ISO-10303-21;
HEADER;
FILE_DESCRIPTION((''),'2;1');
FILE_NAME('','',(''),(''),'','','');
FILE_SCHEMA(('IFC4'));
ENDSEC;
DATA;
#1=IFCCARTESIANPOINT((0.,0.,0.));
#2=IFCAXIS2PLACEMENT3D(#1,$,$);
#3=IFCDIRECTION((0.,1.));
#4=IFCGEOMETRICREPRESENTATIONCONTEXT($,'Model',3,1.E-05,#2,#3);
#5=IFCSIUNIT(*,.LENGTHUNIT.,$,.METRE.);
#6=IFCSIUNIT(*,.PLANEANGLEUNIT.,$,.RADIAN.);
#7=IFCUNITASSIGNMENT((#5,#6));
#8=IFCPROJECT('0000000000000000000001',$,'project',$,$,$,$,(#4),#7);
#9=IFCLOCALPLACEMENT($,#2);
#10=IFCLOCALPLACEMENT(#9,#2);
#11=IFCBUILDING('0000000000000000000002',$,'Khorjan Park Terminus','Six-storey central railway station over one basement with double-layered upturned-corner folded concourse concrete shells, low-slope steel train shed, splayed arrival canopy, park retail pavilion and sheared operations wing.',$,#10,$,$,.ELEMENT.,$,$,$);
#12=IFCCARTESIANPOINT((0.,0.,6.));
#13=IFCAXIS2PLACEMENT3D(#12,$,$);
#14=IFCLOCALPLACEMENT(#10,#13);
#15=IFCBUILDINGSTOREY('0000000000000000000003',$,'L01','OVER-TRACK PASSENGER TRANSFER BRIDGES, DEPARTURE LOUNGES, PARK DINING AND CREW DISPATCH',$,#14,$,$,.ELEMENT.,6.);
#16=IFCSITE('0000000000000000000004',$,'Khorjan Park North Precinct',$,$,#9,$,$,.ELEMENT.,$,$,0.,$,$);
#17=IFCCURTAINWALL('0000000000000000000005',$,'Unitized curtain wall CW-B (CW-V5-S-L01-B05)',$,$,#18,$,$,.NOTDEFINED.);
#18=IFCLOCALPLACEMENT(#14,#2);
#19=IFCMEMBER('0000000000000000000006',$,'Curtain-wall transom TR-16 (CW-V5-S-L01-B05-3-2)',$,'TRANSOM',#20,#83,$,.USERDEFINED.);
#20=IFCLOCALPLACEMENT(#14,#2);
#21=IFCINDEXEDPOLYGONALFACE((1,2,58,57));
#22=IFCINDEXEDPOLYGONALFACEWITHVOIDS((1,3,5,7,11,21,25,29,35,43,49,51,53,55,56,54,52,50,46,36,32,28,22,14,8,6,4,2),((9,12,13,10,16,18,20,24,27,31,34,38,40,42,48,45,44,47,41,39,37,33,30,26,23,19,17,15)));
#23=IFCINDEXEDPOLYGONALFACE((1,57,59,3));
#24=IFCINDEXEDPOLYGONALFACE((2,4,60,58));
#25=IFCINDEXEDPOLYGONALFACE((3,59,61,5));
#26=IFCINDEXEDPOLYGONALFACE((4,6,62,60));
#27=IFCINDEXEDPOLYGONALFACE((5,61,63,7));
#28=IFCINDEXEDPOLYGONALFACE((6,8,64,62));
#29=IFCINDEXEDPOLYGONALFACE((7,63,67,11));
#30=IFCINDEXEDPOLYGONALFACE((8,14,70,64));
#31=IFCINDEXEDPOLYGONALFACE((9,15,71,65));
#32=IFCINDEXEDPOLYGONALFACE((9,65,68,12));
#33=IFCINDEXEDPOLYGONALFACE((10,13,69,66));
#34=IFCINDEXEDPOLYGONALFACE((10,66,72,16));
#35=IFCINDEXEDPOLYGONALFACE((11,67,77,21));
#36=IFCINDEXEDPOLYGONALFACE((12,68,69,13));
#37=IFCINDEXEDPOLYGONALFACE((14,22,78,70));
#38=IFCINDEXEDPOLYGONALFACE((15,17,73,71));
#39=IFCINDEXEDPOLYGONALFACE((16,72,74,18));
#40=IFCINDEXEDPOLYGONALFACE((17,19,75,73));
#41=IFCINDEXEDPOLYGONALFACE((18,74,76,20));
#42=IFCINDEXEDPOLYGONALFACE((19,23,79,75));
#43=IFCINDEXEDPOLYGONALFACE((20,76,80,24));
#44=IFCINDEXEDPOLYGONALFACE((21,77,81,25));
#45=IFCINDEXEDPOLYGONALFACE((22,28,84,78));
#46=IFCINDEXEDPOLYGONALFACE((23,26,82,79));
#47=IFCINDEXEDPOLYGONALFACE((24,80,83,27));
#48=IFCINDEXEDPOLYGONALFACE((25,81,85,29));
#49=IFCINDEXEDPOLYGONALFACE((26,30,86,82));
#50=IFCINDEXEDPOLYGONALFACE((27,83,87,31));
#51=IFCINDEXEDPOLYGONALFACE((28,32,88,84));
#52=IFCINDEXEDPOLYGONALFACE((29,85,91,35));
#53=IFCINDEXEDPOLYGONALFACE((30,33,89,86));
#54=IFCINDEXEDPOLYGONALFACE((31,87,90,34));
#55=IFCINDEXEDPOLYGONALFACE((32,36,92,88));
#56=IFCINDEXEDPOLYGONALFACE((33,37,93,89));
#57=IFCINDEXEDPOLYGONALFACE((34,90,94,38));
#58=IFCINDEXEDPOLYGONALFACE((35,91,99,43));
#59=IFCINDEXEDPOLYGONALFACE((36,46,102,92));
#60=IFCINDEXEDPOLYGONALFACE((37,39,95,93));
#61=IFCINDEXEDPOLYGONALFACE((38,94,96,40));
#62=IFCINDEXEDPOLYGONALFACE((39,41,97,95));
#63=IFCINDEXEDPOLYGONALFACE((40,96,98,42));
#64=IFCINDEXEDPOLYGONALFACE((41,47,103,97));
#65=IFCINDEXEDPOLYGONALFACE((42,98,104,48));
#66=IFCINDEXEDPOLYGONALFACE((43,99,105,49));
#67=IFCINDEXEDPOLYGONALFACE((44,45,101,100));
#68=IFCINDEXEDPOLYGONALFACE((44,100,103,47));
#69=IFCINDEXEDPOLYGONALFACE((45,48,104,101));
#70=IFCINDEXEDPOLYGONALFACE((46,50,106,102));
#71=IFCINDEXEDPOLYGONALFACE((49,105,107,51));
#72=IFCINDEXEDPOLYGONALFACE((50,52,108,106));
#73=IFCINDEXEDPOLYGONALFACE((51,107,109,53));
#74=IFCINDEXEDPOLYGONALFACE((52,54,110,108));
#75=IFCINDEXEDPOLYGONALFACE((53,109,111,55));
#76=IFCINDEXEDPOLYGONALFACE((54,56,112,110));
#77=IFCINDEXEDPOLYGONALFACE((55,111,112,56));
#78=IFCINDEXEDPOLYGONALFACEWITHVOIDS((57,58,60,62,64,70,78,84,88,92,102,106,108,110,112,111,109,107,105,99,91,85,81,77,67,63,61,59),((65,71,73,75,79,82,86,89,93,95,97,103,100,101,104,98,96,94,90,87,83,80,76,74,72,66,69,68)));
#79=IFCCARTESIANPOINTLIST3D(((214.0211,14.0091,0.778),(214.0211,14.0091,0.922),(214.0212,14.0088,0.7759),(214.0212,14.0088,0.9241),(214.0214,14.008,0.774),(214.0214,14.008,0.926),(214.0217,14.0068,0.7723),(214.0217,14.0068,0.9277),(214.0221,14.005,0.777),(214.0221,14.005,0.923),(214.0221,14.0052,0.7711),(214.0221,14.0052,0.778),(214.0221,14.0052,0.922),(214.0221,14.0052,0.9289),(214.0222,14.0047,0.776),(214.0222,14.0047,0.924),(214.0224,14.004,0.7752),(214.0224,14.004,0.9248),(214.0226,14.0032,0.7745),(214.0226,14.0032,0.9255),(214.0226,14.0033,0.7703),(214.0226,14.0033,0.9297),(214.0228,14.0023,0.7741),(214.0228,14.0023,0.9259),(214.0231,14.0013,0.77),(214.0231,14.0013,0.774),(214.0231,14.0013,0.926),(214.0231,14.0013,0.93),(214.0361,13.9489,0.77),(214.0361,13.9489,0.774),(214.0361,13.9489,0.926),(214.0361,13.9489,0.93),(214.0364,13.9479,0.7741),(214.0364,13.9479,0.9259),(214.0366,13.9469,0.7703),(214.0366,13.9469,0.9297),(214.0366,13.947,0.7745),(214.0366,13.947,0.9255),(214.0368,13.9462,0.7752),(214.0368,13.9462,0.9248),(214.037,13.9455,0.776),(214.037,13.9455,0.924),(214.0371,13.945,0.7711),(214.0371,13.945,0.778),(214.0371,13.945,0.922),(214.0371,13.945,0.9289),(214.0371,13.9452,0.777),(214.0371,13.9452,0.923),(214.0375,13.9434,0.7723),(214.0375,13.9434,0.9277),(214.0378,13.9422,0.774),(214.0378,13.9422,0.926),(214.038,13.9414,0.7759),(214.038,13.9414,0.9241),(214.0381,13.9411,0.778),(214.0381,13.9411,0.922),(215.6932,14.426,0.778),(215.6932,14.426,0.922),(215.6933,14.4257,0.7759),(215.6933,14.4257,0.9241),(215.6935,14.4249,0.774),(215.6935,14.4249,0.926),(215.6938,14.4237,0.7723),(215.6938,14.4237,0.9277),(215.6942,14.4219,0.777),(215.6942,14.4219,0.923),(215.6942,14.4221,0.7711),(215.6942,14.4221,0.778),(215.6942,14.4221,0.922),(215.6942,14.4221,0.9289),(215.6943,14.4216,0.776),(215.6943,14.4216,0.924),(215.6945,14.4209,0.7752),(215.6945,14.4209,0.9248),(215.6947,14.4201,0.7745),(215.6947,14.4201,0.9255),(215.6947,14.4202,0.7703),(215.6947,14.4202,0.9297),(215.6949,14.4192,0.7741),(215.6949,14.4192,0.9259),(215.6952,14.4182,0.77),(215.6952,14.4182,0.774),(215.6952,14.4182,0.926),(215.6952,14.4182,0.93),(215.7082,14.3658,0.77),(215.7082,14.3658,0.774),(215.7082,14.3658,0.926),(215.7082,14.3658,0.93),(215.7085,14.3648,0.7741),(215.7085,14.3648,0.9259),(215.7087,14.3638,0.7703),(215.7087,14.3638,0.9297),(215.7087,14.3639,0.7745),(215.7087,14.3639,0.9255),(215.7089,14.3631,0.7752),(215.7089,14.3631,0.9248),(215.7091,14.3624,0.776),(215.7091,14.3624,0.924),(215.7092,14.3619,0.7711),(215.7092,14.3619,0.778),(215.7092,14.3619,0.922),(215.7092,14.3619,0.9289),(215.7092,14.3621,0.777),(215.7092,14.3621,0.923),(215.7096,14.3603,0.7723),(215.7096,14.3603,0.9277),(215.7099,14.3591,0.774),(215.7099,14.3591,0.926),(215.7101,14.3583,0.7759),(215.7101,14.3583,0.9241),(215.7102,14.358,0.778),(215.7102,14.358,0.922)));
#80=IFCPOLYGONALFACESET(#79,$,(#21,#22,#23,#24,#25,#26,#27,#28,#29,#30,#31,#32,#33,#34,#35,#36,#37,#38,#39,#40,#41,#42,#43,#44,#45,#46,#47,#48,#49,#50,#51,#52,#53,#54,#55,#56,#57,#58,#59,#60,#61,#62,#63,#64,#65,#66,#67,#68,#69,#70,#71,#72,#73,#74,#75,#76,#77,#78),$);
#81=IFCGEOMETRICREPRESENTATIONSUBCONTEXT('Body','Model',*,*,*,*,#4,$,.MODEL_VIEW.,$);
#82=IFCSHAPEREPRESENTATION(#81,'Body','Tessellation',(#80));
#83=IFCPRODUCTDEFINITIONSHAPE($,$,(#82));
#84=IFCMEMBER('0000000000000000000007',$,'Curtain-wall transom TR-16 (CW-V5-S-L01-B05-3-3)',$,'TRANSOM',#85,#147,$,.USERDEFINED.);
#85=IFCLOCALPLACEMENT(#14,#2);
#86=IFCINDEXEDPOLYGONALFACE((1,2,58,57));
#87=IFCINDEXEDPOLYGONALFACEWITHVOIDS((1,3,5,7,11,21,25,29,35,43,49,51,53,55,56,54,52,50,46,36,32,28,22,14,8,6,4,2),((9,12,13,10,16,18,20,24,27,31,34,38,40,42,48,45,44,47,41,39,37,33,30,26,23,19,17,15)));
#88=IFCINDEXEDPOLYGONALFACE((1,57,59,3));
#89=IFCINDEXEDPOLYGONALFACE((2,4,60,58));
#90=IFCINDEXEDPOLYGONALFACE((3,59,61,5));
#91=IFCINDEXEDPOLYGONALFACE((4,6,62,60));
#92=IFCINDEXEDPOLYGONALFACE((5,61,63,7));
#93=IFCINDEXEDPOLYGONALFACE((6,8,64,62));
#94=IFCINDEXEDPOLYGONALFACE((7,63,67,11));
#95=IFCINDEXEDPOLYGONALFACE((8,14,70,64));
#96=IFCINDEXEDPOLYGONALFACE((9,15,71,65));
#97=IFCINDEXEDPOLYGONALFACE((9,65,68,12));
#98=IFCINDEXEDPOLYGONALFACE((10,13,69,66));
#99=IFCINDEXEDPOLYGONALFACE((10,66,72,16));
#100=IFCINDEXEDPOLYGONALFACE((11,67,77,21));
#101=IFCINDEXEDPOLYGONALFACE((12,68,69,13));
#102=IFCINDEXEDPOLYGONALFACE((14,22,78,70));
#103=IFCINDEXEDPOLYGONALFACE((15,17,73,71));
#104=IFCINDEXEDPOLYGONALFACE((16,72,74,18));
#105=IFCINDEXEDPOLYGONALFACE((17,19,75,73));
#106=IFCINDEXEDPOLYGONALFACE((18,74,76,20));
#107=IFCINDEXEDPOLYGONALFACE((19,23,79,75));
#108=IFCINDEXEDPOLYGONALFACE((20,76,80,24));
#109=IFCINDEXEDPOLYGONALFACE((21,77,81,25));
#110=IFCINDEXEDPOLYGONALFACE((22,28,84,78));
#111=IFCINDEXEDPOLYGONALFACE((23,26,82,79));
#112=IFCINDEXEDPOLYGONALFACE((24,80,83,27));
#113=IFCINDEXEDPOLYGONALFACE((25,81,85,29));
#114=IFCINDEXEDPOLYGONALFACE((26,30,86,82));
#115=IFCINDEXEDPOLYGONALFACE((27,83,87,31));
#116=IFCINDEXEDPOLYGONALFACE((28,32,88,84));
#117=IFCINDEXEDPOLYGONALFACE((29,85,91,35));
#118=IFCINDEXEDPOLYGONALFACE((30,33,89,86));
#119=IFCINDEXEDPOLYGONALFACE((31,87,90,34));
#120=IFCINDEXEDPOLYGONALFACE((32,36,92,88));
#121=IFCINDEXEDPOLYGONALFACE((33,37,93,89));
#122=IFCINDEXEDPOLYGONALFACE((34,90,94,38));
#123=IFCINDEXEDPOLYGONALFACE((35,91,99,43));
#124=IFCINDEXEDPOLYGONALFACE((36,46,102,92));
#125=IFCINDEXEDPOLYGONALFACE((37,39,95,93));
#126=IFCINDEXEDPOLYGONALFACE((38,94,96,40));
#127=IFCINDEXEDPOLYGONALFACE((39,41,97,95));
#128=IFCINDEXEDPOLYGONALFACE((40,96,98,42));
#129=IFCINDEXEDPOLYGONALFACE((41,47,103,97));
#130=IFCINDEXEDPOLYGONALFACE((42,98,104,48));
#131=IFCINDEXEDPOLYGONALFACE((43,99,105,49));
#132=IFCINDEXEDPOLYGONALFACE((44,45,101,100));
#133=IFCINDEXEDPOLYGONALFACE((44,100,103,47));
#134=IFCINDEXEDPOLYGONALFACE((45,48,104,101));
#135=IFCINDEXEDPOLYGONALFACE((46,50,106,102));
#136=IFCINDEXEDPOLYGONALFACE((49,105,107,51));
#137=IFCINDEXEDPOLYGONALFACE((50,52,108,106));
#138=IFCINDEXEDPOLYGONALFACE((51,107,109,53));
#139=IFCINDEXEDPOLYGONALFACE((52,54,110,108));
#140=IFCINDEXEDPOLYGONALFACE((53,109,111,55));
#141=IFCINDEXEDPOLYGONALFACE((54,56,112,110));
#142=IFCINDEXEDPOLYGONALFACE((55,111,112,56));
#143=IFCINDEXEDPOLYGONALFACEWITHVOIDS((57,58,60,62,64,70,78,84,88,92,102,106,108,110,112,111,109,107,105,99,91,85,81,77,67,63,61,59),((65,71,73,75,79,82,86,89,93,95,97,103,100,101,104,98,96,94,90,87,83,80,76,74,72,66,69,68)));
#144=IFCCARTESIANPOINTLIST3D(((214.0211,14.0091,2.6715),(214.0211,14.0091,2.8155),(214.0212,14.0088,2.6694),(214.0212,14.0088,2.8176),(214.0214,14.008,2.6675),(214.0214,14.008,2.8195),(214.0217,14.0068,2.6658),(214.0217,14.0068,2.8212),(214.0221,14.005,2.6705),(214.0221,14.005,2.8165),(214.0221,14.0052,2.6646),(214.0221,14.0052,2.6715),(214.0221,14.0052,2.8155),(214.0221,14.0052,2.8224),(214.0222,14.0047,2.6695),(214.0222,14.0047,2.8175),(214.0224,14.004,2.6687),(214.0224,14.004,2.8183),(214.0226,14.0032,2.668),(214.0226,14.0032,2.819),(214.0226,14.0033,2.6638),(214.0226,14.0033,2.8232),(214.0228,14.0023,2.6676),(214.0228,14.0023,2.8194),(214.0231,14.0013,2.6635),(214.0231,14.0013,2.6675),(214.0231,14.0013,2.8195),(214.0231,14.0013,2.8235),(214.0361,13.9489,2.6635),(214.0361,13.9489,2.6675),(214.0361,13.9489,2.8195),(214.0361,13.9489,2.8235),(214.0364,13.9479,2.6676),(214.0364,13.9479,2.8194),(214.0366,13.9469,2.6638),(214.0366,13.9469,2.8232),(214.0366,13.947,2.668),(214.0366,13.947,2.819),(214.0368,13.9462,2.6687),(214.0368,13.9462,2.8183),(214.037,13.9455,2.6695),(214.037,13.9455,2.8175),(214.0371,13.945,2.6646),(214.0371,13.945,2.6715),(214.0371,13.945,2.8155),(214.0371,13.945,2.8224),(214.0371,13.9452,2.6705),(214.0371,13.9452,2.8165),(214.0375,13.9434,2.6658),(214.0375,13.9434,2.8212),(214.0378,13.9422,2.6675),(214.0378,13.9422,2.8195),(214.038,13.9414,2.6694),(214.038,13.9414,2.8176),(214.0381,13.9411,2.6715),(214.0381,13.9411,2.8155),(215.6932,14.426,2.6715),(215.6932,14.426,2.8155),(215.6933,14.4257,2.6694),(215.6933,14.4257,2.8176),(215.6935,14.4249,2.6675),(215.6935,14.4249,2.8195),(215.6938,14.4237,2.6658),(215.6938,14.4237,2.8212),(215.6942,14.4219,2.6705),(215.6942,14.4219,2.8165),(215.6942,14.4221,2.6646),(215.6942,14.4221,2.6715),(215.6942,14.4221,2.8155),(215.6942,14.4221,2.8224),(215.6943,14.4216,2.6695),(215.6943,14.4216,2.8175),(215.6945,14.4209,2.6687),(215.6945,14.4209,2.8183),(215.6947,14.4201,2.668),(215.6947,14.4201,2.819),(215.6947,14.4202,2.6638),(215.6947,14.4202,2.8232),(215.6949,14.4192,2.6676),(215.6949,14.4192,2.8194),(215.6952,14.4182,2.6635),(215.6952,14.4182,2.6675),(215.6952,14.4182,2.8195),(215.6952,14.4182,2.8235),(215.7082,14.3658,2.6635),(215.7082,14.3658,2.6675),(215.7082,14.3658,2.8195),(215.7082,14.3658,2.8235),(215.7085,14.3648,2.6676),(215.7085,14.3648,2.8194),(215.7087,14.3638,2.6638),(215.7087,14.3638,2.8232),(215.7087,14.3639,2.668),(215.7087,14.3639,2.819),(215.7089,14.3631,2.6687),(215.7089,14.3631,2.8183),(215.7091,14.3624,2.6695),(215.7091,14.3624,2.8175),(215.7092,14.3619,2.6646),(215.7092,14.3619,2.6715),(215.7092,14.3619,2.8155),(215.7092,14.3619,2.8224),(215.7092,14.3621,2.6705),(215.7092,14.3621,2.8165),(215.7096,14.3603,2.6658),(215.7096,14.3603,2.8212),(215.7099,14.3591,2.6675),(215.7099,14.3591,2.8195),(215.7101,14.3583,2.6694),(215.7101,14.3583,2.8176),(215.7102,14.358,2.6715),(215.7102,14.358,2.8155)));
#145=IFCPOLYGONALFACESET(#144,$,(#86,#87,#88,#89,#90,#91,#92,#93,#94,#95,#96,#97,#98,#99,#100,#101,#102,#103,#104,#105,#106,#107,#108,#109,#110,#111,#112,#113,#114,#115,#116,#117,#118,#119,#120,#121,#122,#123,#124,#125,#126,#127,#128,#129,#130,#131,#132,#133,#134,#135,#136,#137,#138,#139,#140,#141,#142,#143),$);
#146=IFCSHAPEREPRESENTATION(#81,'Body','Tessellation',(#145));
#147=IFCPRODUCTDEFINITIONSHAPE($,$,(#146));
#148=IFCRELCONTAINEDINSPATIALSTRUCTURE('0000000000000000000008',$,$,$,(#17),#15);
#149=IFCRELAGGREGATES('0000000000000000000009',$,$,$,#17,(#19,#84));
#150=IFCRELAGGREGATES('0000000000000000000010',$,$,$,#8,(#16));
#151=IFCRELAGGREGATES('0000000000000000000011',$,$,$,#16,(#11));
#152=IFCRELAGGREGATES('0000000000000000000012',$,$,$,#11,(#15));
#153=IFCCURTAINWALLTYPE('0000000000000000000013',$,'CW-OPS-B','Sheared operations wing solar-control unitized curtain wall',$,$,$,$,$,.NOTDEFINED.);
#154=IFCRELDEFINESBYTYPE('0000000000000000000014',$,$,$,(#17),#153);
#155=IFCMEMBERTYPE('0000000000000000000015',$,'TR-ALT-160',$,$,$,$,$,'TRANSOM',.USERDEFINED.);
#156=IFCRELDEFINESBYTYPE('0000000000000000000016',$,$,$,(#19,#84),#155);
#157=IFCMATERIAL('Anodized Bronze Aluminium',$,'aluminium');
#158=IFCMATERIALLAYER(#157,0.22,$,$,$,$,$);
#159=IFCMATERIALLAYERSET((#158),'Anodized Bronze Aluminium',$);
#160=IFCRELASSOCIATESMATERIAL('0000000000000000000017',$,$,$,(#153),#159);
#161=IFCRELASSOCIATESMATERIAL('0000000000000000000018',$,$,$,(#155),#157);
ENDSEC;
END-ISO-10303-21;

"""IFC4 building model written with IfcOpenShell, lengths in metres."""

from ifc_helpers import new_model, si_unit, direction, frame, origin, origin_2d, place, context, subcontext, project, spatial, hollow_rectangle, extrude, material, layer, layer_set, material_profile, profile_set, type_object, element, aggregate, save


model = new_model("IFC4")

# Units and contexts
model_context = context("Model", 3, precision=1e-05, world=origin(), true_north=direction((0.0, 1.0)))
body_context = subcontext(model_context, "Body", "Model", "MODEL_VIEW")
ifc_project = project(units=[si_unit("LENGTHUNIT", "METRE"), si_unit("PLANEANGLEUNIT", "RADIAN")], contexts=[model_context])

# Site, building, storey
site_placement = place(None, origin())
site = spatial("IfcSite", under=ifc_project, at=site_placement, Name="Khorjan Park North Precinct", CompositionType="ELEMENT", RefElevation=0.0)
building_placement = place(site_placement, origin())
building = spatial("IfcBuilding", under=site, at=building_placement, Name="Khorjan Park Terminus", Description="Six-storey central railway station over one basement with double-layered upturned-corner folded concourse concrete shells, low-slope steel train shed, splayed arrival canopy, park retail pavilion and sheared operations wing.", CompositionType="ELEMENT")
storey_placement = place(building_placement, frame((0.0, 0.0, 6.0)))
storey = spatial("IfcBuildingStorey", under=building, at=storey_placement, Name="L01", Description="OVER-TRACK PASSENGER TRANSFER BRIDGES, DEPARTURE LOUNGES, PARK DINING AND CREW DISPATCH", CompositionType="ELEMENT", Elevation=6.0)

# Curtain wall, members
ifc_material_1 = material(Name="Anodized Bronze Aluminium", Category="aluminium")
ifc_layer_1 = layer(ifc_material_1, 0.22)
ifc_layer_set_1 = layer_set([ifc_layer_1], Name="Anodized Bronze Aluminium")
curtain_wall_type = type_object("IfcCurtainWallType", Name="CW-OPS-B", Description="Sheared operations wing solar-control unitized curtain wall", PredefinedType="NOTDEFINED", material=ifc_layer_set_1)
curtain_wall_placement = place(storey_placement, origin())
curtain_wall = element("IfcCurtainWall", 1, at=curtain_wall_placement, inside=storey, type_object=curtain_wall_type, Name="Unitized curtain wall CW-B (CW-V5-S-L01-B05)", PredefinedType="NOTDEFINED")
ifc_material_profile_1 = material_profile(ifc_material_1, hollow_rectangle(XDim=0.07, YDim=0.16, WallThickness=0.004, InnerFilletRadius=0.004, OuterFilletRadius=0.008, at=origin_2d()), Name="ALT 70x160x4")
ifc_profile_set_1 = profile_set([ifc_material_profile_1], Name="Anodized Bronze Aluminium")
member_type_1 = type_object("IfcMemberType", Name="TR-ALT-160", ElementType="TRANSOM", PredefinedType="USERDEFINED", material=ifc_profile_set_1)
member_1_placement = place(storey_placement, frame((214.0296, 13.9751, 0.85), z_axis=(0.970296, 0.241921, 0.0), x_axis=(-0.241921, 0.970296, 0.0)))
member_1 = element("IfcMember", 2, at=member_1_placement, type_object=member_type_1, Name="Curtain-wall transom TR-16 (CW-V5-S-L01-B05-3-2)", ObjectType="TRANSOM", PredefinedType="USERDEFINED", context=body_context, shape_type="SweptSolid", body=[
    extrude(hollow_rectangle(XDim=0.07, YDim=0.16, WallThickness=0.004, InnerFilletRadius=0.004, OuterFilletRadius=0.008, at=origin_2d()), origin(), (0.0, 0.0, 1.0), 1.7233),
])
member_2_placement = place(storey_placement, frame((214.0296, 13.9751, 2.7435), z_axis=(0.970296, 0.241921, 0.0), x_axis=(-0.241921, 0.970296, 0.0)))
member_2 = element("IfcMember", 3, at=member_2_placement, type_object=member_type_1, Name="Curtain-wall transom TR-16 (CW-V5-S-L01-B05-3-3)", ObjectType="TRANSOM", PredefinedType="USERDEFINED", context=body_context, shape_type="SweptSolid", body=[
    extrude(hollow_rectangle(XDim=0.07, YDim=0.16, WallThickness=0.004, InnerFilletRadius=0.004, OuterFilletRadius=0.008, at=origin_2d()), origin(), (0.0, 0.0, 1.0), 1.7233),
])
aggregate(curtain_wall, [member_1, member_2])

save(model, "model.ifc")
